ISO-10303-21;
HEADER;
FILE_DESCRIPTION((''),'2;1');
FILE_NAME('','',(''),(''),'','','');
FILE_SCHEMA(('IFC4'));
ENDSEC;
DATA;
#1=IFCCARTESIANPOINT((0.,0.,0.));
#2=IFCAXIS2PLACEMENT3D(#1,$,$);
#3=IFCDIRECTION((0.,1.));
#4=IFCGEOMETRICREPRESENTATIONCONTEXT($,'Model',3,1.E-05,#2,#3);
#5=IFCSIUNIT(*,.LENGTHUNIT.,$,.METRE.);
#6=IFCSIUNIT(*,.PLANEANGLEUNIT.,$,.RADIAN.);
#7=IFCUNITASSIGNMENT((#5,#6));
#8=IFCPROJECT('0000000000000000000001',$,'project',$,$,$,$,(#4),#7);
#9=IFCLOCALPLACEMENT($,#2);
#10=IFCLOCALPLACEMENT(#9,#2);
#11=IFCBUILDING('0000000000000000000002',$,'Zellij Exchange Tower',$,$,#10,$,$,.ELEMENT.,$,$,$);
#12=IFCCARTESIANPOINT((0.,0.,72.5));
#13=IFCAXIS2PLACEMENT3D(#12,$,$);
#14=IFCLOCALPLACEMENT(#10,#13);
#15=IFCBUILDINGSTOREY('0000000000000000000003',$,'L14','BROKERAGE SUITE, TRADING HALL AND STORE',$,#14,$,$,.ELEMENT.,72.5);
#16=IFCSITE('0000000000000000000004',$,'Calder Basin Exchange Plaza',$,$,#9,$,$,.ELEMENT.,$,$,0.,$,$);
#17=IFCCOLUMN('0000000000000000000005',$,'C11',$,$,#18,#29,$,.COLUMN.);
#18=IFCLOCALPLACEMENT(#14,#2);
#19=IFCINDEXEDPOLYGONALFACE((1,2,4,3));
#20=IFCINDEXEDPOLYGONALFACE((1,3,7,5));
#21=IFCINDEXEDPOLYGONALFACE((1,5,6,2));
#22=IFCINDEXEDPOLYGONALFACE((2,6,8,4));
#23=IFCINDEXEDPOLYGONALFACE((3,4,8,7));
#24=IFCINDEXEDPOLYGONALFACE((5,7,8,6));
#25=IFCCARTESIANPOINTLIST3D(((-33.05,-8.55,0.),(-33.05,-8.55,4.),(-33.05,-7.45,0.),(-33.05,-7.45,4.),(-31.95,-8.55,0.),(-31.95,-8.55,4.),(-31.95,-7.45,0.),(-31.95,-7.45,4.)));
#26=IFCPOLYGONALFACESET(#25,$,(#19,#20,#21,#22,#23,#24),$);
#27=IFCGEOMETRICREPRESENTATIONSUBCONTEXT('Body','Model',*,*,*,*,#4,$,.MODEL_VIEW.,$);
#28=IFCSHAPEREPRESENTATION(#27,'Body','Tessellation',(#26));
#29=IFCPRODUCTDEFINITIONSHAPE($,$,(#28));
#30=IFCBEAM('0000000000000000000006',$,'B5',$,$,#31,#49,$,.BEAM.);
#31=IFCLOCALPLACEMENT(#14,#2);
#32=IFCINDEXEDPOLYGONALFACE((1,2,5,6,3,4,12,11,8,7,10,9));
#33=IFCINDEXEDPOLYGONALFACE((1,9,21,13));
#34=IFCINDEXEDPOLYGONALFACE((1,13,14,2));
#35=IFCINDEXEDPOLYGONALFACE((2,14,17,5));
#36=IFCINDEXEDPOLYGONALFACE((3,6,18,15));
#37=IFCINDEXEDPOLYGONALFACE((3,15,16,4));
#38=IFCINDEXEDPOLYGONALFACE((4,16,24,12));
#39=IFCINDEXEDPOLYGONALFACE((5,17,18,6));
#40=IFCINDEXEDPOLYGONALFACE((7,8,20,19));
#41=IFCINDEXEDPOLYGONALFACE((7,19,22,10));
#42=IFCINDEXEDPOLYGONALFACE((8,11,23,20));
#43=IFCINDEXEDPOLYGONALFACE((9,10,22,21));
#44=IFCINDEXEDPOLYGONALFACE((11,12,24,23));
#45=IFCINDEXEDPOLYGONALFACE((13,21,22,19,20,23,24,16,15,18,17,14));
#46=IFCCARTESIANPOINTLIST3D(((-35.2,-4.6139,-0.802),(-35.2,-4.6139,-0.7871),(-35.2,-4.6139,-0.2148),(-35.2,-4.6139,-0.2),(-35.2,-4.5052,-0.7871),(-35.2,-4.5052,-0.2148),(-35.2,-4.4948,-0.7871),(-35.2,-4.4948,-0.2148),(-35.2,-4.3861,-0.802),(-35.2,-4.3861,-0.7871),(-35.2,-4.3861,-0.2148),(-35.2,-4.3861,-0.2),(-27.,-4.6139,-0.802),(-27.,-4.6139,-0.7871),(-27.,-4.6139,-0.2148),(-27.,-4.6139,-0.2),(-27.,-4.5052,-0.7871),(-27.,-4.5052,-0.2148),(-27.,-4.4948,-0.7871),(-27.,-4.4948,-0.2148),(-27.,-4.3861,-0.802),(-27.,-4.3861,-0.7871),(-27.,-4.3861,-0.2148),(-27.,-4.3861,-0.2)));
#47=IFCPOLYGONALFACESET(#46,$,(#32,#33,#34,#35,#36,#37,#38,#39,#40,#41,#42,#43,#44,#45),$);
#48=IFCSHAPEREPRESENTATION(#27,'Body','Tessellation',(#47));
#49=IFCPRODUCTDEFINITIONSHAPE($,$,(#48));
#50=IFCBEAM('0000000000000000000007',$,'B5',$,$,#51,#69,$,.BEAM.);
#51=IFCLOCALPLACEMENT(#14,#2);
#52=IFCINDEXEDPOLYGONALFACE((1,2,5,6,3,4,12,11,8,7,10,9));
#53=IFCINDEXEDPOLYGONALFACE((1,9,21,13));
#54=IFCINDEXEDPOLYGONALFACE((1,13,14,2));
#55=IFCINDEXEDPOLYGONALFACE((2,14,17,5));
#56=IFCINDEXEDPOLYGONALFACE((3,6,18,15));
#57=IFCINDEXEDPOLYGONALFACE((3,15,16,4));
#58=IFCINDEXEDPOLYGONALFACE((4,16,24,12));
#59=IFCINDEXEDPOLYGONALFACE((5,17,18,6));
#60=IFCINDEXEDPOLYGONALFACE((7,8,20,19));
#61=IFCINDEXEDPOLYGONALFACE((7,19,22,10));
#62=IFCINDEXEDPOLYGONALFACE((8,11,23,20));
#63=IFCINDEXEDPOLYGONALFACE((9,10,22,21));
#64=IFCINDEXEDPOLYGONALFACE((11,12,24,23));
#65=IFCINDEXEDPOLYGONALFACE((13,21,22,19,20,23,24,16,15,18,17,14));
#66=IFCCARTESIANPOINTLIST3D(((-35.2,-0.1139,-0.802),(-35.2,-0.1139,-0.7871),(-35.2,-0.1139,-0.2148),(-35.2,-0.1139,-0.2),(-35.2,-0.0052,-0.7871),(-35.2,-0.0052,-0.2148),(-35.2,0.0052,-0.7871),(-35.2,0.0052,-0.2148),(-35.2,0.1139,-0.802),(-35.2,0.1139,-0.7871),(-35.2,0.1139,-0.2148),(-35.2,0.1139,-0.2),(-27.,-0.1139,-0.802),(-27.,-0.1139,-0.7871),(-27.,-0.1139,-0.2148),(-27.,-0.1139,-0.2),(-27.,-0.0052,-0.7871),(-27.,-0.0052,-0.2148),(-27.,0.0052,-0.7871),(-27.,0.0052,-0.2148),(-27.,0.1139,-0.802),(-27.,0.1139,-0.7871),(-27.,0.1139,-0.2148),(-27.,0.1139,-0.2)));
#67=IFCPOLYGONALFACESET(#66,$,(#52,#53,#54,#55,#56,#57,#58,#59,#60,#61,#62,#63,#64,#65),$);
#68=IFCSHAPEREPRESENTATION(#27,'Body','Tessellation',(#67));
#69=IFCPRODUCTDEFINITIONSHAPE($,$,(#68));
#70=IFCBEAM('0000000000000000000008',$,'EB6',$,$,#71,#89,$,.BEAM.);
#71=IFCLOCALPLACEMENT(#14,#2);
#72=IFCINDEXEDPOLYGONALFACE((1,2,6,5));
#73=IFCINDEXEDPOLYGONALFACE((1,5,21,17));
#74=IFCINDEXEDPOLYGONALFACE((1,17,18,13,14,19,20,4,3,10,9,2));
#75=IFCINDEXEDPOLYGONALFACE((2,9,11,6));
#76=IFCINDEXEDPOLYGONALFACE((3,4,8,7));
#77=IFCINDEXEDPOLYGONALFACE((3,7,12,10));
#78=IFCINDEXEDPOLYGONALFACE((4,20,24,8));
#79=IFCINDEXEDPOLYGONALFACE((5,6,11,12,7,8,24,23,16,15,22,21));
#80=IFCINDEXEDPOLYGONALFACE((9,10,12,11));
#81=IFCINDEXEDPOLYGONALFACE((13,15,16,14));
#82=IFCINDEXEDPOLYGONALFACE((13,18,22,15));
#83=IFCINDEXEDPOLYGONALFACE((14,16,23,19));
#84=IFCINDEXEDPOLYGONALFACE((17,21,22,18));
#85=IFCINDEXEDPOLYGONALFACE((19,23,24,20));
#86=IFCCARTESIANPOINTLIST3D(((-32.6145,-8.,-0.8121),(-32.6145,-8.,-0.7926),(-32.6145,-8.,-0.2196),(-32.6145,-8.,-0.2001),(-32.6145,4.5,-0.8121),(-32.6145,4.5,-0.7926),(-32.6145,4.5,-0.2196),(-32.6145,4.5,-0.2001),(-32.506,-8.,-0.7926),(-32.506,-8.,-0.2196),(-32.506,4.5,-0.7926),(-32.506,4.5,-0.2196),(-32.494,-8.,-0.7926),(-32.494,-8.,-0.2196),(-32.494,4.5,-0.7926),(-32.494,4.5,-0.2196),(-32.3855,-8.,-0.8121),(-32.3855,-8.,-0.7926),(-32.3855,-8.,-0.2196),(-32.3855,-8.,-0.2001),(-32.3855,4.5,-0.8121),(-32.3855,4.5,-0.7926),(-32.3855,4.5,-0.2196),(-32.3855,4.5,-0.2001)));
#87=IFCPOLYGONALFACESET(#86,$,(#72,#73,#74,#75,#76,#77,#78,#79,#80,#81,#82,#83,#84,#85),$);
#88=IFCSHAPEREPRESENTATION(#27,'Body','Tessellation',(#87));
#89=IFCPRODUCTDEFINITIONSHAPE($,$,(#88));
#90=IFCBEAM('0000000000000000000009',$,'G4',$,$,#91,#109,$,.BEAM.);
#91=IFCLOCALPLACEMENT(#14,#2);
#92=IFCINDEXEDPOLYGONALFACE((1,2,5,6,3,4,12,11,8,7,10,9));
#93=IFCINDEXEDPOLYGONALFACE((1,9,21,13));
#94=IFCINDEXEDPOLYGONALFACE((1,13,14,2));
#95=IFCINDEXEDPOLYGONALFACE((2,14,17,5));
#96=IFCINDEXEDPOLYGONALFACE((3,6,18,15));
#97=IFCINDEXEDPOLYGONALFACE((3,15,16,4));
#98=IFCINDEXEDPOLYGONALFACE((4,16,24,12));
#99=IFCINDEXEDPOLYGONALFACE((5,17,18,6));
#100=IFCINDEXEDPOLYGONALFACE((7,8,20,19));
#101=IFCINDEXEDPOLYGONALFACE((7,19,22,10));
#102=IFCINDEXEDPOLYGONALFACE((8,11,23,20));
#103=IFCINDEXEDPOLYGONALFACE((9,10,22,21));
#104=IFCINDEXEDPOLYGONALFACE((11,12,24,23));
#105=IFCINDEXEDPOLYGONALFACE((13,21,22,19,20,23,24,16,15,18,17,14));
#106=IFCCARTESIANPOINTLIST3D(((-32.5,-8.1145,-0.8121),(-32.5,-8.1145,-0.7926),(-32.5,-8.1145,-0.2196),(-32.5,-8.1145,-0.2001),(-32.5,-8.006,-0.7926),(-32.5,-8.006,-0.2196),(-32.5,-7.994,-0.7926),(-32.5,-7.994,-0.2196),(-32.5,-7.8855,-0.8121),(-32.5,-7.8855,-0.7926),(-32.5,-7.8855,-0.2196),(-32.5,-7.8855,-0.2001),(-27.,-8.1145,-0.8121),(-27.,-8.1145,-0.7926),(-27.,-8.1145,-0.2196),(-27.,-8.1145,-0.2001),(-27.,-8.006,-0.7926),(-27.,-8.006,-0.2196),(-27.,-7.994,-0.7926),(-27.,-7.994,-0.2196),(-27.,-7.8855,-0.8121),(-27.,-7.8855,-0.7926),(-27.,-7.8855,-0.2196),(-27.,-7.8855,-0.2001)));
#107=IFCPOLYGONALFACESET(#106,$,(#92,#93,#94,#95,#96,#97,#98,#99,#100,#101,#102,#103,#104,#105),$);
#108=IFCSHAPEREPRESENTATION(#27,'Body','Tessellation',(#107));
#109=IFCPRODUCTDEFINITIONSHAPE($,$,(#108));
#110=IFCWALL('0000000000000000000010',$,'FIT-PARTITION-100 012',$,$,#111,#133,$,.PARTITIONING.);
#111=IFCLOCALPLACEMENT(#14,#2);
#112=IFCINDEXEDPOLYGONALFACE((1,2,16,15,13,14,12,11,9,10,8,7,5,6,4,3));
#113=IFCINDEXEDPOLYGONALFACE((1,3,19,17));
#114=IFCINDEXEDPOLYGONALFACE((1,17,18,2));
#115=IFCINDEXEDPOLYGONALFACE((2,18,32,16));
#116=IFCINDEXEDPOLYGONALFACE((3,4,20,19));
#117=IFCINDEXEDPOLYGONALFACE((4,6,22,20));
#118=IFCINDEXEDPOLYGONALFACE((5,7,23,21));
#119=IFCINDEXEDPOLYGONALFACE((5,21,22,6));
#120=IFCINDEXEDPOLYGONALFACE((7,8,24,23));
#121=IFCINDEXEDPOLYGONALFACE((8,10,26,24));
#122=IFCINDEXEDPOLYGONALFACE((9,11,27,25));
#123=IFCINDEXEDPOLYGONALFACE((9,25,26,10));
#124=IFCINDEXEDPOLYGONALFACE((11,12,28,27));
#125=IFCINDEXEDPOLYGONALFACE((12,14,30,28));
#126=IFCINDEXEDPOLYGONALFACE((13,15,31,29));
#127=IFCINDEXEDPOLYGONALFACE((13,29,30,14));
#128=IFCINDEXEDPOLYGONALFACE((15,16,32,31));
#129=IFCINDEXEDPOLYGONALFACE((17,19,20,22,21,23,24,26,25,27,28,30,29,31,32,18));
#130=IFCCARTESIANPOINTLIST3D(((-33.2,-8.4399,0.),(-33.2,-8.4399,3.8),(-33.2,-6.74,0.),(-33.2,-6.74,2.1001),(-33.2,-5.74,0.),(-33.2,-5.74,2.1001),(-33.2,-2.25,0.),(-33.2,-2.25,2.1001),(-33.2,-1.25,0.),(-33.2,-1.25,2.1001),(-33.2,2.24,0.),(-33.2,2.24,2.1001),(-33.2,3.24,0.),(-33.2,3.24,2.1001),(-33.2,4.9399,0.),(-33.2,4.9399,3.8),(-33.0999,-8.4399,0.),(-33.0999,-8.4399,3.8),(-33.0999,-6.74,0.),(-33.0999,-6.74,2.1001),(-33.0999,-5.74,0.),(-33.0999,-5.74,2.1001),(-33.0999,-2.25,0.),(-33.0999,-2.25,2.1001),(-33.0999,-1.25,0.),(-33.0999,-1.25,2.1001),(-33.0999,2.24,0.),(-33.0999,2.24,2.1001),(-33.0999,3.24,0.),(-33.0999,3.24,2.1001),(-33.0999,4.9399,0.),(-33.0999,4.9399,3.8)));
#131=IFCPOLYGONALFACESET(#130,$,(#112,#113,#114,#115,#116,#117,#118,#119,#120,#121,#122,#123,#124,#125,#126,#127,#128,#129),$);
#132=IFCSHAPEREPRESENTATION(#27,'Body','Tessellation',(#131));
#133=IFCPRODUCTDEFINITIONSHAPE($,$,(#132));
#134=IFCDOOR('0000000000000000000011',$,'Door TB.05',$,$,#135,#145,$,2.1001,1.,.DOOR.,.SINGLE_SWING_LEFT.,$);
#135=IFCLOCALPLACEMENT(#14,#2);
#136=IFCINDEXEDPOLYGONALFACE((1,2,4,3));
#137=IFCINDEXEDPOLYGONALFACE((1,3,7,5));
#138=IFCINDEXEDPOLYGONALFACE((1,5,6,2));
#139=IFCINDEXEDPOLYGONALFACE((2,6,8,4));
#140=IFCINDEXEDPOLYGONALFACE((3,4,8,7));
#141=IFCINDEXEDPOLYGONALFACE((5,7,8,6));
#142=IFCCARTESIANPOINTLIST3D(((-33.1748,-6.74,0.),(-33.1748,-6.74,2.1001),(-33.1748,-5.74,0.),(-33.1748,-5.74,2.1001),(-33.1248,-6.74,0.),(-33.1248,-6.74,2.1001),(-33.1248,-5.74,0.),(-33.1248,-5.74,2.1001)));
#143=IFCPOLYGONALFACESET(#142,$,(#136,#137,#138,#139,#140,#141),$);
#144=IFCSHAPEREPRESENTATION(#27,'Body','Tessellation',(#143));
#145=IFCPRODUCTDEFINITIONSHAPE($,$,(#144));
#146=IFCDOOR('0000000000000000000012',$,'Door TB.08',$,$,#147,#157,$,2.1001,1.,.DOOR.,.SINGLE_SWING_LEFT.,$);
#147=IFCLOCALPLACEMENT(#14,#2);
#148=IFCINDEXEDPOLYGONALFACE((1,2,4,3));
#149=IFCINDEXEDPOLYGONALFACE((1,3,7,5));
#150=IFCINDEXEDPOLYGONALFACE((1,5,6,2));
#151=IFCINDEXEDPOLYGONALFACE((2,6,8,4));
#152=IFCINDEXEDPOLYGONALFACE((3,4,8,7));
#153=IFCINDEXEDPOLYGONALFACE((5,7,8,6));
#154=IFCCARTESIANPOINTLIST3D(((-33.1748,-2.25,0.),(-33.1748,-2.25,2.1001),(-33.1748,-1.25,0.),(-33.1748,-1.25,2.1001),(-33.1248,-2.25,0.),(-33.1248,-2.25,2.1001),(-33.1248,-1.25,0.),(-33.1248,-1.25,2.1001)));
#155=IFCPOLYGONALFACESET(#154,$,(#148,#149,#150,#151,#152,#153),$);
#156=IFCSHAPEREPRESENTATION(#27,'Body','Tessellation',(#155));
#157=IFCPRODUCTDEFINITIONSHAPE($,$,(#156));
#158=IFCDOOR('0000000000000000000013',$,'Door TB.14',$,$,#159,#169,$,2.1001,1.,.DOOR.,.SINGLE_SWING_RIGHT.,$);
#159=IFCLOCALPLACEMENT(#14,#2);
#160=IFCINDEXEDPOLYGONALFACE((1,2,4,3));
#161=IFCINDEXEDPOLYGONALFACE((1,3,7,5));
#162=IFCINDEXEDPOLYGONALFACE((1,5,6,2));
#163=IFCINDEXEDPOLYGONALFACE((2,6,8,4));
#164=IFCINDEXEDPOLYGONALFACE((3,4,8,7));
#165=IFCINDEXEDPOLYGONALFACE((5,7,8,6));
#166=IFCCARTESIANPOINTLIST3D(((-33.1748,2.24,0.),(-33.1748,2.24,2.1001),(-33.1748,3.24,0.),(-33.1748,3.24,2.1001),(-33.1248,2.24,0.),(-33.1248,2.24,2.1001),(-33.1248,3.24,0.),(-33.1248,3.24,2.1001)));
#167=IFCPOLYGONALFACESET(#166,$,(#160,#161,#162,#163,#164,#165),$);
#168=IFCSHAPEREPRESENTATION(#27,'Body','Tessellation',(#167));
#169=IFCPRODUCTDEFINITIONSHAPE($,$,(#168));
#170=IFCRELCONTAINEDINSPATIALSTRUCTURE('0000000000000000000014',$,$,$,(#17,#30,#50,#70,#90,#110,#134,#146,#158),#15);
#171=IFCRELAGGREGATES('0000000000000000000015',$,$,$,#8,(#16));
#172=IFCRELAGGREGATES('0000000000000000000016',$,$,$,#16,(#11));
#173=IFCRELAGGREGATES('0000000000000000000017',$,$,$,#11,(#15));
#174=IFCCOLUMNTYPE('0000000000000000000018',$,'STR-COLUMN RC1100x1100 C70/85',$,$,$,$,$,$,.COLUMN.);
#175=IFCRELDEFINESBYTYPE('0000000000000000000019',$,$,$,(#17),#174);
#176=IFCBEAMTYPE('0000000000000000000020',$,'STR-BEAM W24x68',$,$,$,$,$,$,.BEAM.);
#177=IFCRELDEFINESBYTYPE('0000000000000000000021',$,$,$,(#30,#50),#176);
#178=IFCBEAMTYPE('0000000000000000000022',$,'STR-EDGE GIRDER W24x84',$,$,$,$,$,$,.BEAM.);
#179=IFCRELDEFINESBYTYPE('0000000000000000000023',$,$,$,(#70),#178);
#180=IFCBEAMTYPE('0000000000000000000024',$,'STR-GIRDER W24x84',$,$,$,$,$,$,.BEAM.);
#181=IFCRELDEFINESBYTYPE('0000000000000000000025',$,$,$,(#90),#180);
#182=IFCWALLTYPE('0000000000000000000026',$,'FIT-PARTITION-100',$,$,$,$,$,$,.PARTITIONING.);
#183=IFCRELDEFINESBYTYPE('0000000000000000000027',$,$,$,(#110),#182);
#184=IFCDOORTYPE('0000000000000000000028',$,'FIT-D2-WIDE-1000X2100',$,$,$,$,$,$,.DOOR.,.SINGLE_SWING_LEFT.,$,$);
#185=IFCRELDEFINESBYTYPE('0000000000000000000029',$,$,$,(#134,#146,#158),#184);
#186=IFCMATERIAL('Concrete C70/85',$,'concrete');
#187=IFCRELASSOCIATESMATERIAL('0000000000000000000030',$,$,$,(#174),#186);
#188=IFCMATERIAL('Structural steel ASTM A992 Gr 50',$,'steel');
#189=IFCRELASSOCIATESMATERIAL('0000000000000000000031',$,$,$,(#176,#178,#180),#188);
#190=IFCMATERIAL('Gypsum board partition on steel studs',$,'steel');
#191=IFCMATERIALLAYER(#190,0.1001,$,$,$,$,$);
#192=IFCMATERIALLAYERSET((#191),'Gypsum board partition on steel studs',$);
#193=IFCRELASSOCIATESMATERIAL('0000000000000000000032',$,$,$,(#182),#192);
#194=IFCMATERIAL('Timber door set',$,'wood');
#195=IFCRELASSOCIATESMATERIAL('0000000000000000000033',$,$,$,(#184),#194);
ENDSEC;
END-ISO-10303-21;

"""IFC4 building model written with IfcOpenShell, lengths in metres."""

from ifc_helpers import new_model, si_unit, direction, frame, frame_2d, origin, origin_2d, place, context, subcontext, project, spatial, rectangle, i_section, extrude, material, layer, layer_set, material_profile, profile_set, type_object, element, fill, save


model = new_model("IFC4")

# Units and contexts
model_context = context("Model", 3, precision=1e-05, world=origin(), true_north=direction((0.0, 1.0)))
body_context = subcontext(model_context, "Body", "Model", "MODEL_VIEW")
ifc_project = project(units=[si_unit("LENGTHUNIT", "METRE"), si_unit("PLANEANGLEUNIT", "RADIAN")], contexts=[model_context])

# Site, building, storey
site_placement = place(None, origin())
site = spatial("IfcSite", under=ifc_project, at=site_placement, Name="Calder Basin Exchange Plaza", CompositionType="ELEMENT", RefElevation=0.0)
building_placement = place(site_placement, origin())
building = spatial("IfcBuilding", under=site, at=building_placement, Name="Zellij Exchange Tower", CompositionType="ELEMENT")
storey_placement = place(building_placement, frame((0.0, 0.0, 72.5)))
storey = spatial("IfcBuildingStorey", under=building, at=storey_placement, Name="L14", Description="BROKERAGE SUITE, TRADING HALL AND STORE", CompositionType="ELEMENT", Elevation=72.5)

# Column
ifc_material_1 = material(Name="Concrete C70/85", Category="concrete")
ifc_material_profile_1 = material_profile(ifc_material_1, rectangle(XDim=1.1001, YDim=1.1001, at=origin_2d()), Name="STR-COLUMN RC1100x1100 C70/85")
ifc_profile_set_1 = profile_set([ifc_material_profile_1], Name="Concrete C70/85")
column_type = type_object("IfcColumnType", Name="STR-COLUMN RC1100x1100 C70/85", PredefinedType="COLUMN", material=ifc_profile_set_1)
column_placement = place(storey_placement, frame((-32.5, -8.0, 0.0), z_axis=(0.0, 0.0, 1.0), x_axis=(1.0, 0.0, 0.0)))
element("IfcColumn", 1, at=column_placement, inside=storey, type_object=column_type, Name="C11", PredefinedType="COLUMN", context=body_context, shape_type="SweptSolid", body=[
    extrude(rectangle(XDim=1.1001, YDim=1.1001, at=origin_2d()), origin(), (0.0, 0.0, 1.0), 4.0),
])

# Beams
ifc_material_2 = material(Name="Structural steel ASTM A992 Gr 50", Category="steel")
ifc_material_profile_2 = material_profile(ifc_material_2, i_section(OverallWidth=0.2278, OverallDepth=0.6021, WebThickness=0.0105, FlangeThickness=0.0149, at=origin_2d()), Name="W24x68")
ifc_profile_set_2 = profile_set([ifc_material_profile_2], Name="Structural steel ASTM A992 Gr 50")
beam_type_1 = type_object("IfcBeamType", Name="STR-BEAM W24x68", PredefinedType="BEAM", material=ifc_profile_set_2)
for number, where, z_axis, x_axis, name in (
    (2, (-35.2, -4.5, -0.501), (1.0, 0.0, 0.0), (0.0, 1.0, 0.0), "B5"),
    (3, (-35.2, 0.0, -0.501), (1.0, 0.0, 0.0), (0.0, 1.0, 0.0), "B5"),
):
    element("IfcBeam", number, at=place(storey_placement, frame(where, z_axis=z_axis, x_axis=x_axis)), inside=storey, type_object=beam_type_1, Name=name, PredefinedType="BEAM", context=body_context, shape_type="SweptSolid", body=[
        extrude(i_section(OverallWidth=0.2278, OverallDepth=0.6021, WebThickness=0.0105, FlangeThickness=0.0149, at=origin_2d()), origin(), (0.0, 0.0, 1.0), 8.2),
    ])
ifc_material_profile_3 = material_profile(ifc_material_2, i_section(OverallWidth=0.229, OverallDepth=0.6121, WebThickness=0.012, FlangeThickness=0.0195, at=origin_2d()), Name="W24x84")
ifc_profile_set_3 = profile_set([ifc_material_profile_3], Name="Structural steel ASTM A992 Gr 50")
beam_type_2 = type_object("IfcBeamType", Name="STR-EDGE GIRDER W24x84", PredefinedType="BEAM", material=ifc_profile_set_3)
beam_1_placement = place(storey_placement, frame((-32.5, -8.0, -0.5061), z_axis=(0.0, 1.0, 0.0), x_axis=(-1.0, 0.0, 0.0)))
element("IfcBeam", 4, at=beam_1_placement, inside=storey, type_object=beam_type_2, Name="EB6", PredefinedType="BEAM", context=body_context, shape_type="SweptSolid", body=[
    extrude(i_section(OverallWidth=0.229, OverallDepth=0.6121, WebThickness=0.012, FlangeThickness=0.0195, at=origin_2d()), origin(), (0.0, 0.0, 1.0), 12.5),
])
ifc_material_profile_4 = material_profile(ifc_material_2, i_section(OverallWidth=0.229, OverallDepth=0.6121, WebThickness=0.012, FlangeThickness=0.0195, at=origin_2d()), Name="W24x84")
ifc_profile_set_4 = profile_set([ifc_material_profile_4], Name="Structural steel ASTM A992 Gr 50")
beam_type_3 = type_object("IfcBeamType", Name="STR-GIRDER W24x84", PredefinedType="BEAM", material=ifc_profile_set_4)
beam_2_placement = place(storey_placement, frame((-32.5, -8.0, -0.5061), z_axis=(1.0, 0.0, 0.0), x_axis=(0.0, 1.0, 0.0)))
element("IfcBeam", 5, at=beam_2_placement, inside=storey, type_object=beam_type_3, Name="G4", PredefinedType="BEAM", context=body_context, shape_type="SweptSolid", body=[
    extrude(i_section(OverallWidth=0.229, OverallDepth=0.6121, WebThickness=0.012, FlangeThickness=0.0195, at=origin_2d()), origin(), (0.0, 0.0, 1.0), 5.5),
])

# Wall, openings, doors
ifc_material_3 = material(Name="Gypsum board partition on steel studs", Category="steel")
ifc_layer = layer(ifc_material_3, 0.1001)
ifc_layer_set = layer_set([ifc_layer], Name="Gypsum board partition on steel studs")
wall_type = type_object("IfcWallType", Name="FIT-PARTITION-100", PredefinedType="PARTITIONING", material=ifc_layer_set)
wall_placement = place(storey_placement, frame((-33.1499, -8.4399, 0.0), z_axis=(0.0, 0.0, 1.0), x_axis=(0.0, 1.0, 0.0)))
wall = element("IfcWall", 6, at=wall_placement, inside=storey, type_object=wall_type, Name="FIT-PARTITION-100 012", PredefinedType="PARTITIONING", context=body_context, shape_type="SweptSolid", body=[
    extrude(rectangle(XDim=13.3799, YDim=0.1001, at=frame_2d((6.6899, 0.0))), origin(), (0.0, 0.0, 1.0), 3.8),
])
opening_1_placement = place(wall_placement, frame((1.7, 0.0, 0.0)))
opening_1 = element("IfcOpeningElement", 7, at=opening_1_placement, cuts=wall, PredefinedType="OPENING", context=body_context, shape_type="SweptSolid", body=[
    extrude(rectangle(XDim=1.0, YDim=2.1001, at=frame_2d((0.5, 1.05))), frame((0.0, 0.062, 0.0), z_axis=(0.0, -1.0, 0.0), x_axis=(1.0, 0.0, 0.0)), (0.0, 0.0, 1.0), 0.124),
])
opening_2_placement = place(wall_placement, frame((6.1899, 0.0, 0.0)))
opening_2 = element("IfcOpeningElement", 8, at=opening_2_placement, cuts=wall, PredefinedType="OPENING", context=body_context, shape_type="SweptSolid", body=[
    extrude(rectangle(XDim=1.0, YDim=2.1001, at=frame_2d((0.5, 1.05))), frame((0.0, 0.062, 0.0), z_axis=(0.0, -1.0, 0.0), x_axis=(1.0, 0.0, 0.0)), (0.0, 0.0, 1.0), 0.124),
])
opening_3_placement = place(wall_placement, frame((10.6799, 0.0, 0.0)))
opening_3 = element("IfcOpeningElement", 9, at=opening_3_placement, cuts=wall, PredefinedType="OPENING", context=body_context, shape_type="SweptSolid", body=[
    extrude(rectangle(XDim=1.0, YDim=2.1001, at=frame_2d((0.5, 1.05))), frame((0.0, 0.062, 0.0), z_axis=(0.0, -1.0, 0.0), x_axis=(1.0, 0.0, 0.0)), (0.0, 0.0, 1.0), 0.124),
])
ifc_material_4 = material(Name="Timber door set", Category="wood")
door_type = type_object("IfcDoorType", Name="FIT-D2-WIDE-1000X2100", OperationType="SINGLE_SWING_LEFT", PredefinedType="DOOR", material=ifc_material_4)
door_1_placement = place(opening_1_placement, origin())
door_1 = element("IfcDoor", 10, at=door_1_placement, inside=storey, type_object=door_type, Name="Door TB.05", OperationType="SINGLE_SWING_LEFT", OverallHeight=2.1001, OverallWidth=1.0, PredefinedType="DOOR", context=body_context, shape_type="SweptSolid", body=[
    extrude(rectangle(XDim=1.0, YDim=2.1001, at=frame_2d((0.5, 1.05))), frame((0.0, 0.0249, 0.0), z_axis=(0.0, -1.0, 0.0), x_axis=(1.0, 0.0, 0.0)), (0.0, 0.0, 1.0), 0.05),
])
fill(opening_1, door_1)
door_2_placement = place(opening_2_placement, origin())
door_2 = element("IfcDoor", 11, at=door_2_placement, inside=storey, type_object=door_type, Name="Door TB.08", OperationType="SINGLE_SWING_LEFT", OverallHeight=2.1001, OverallWidth=1.0, PredefinedType="DOOR", context=body_context, shape_type="SweptSolid", body=[
    extrude(rectangle(XDim=1.0, YDim=2.1001, at=frame_2d((0.5, 1.05))), frame((0.0, 0.0249, 0.0), z_axis=(0.0, -1.0, 0.0), x_axis=(1.0, 0.0, 0.0)), (0.0, 0.0, 1.0), 0.05),
])
fill(opening_2, door_2)
door_3_placement = place(opening_3_placement, origin())
door_3 = element("IfcDoor", 12, at=door_3_placement, inside=storey, type_object=door_type, Name="Door TB.14", OperationType="SINGLE_SWING_RIGHT", OverallHeight=2.1001, OverallWidth=1.0, PredefinedType="DOOR", context=body_context, shape_type="SweptSolid", body=[
    extrude(rectangle(XDim=1.0, YDim=2.1001, at=frame_2d((0.5, 1.05))), frame((0.0, 0.0249, 0.0), z_axis=(0.0, -1.0, 0.0), x_axis=(1.0, 0.0, 0.0)), (0.0, 0.0, 1.0), 0.05),
])
fill(opening_3, door_3)

save(model, "model.ifc")
